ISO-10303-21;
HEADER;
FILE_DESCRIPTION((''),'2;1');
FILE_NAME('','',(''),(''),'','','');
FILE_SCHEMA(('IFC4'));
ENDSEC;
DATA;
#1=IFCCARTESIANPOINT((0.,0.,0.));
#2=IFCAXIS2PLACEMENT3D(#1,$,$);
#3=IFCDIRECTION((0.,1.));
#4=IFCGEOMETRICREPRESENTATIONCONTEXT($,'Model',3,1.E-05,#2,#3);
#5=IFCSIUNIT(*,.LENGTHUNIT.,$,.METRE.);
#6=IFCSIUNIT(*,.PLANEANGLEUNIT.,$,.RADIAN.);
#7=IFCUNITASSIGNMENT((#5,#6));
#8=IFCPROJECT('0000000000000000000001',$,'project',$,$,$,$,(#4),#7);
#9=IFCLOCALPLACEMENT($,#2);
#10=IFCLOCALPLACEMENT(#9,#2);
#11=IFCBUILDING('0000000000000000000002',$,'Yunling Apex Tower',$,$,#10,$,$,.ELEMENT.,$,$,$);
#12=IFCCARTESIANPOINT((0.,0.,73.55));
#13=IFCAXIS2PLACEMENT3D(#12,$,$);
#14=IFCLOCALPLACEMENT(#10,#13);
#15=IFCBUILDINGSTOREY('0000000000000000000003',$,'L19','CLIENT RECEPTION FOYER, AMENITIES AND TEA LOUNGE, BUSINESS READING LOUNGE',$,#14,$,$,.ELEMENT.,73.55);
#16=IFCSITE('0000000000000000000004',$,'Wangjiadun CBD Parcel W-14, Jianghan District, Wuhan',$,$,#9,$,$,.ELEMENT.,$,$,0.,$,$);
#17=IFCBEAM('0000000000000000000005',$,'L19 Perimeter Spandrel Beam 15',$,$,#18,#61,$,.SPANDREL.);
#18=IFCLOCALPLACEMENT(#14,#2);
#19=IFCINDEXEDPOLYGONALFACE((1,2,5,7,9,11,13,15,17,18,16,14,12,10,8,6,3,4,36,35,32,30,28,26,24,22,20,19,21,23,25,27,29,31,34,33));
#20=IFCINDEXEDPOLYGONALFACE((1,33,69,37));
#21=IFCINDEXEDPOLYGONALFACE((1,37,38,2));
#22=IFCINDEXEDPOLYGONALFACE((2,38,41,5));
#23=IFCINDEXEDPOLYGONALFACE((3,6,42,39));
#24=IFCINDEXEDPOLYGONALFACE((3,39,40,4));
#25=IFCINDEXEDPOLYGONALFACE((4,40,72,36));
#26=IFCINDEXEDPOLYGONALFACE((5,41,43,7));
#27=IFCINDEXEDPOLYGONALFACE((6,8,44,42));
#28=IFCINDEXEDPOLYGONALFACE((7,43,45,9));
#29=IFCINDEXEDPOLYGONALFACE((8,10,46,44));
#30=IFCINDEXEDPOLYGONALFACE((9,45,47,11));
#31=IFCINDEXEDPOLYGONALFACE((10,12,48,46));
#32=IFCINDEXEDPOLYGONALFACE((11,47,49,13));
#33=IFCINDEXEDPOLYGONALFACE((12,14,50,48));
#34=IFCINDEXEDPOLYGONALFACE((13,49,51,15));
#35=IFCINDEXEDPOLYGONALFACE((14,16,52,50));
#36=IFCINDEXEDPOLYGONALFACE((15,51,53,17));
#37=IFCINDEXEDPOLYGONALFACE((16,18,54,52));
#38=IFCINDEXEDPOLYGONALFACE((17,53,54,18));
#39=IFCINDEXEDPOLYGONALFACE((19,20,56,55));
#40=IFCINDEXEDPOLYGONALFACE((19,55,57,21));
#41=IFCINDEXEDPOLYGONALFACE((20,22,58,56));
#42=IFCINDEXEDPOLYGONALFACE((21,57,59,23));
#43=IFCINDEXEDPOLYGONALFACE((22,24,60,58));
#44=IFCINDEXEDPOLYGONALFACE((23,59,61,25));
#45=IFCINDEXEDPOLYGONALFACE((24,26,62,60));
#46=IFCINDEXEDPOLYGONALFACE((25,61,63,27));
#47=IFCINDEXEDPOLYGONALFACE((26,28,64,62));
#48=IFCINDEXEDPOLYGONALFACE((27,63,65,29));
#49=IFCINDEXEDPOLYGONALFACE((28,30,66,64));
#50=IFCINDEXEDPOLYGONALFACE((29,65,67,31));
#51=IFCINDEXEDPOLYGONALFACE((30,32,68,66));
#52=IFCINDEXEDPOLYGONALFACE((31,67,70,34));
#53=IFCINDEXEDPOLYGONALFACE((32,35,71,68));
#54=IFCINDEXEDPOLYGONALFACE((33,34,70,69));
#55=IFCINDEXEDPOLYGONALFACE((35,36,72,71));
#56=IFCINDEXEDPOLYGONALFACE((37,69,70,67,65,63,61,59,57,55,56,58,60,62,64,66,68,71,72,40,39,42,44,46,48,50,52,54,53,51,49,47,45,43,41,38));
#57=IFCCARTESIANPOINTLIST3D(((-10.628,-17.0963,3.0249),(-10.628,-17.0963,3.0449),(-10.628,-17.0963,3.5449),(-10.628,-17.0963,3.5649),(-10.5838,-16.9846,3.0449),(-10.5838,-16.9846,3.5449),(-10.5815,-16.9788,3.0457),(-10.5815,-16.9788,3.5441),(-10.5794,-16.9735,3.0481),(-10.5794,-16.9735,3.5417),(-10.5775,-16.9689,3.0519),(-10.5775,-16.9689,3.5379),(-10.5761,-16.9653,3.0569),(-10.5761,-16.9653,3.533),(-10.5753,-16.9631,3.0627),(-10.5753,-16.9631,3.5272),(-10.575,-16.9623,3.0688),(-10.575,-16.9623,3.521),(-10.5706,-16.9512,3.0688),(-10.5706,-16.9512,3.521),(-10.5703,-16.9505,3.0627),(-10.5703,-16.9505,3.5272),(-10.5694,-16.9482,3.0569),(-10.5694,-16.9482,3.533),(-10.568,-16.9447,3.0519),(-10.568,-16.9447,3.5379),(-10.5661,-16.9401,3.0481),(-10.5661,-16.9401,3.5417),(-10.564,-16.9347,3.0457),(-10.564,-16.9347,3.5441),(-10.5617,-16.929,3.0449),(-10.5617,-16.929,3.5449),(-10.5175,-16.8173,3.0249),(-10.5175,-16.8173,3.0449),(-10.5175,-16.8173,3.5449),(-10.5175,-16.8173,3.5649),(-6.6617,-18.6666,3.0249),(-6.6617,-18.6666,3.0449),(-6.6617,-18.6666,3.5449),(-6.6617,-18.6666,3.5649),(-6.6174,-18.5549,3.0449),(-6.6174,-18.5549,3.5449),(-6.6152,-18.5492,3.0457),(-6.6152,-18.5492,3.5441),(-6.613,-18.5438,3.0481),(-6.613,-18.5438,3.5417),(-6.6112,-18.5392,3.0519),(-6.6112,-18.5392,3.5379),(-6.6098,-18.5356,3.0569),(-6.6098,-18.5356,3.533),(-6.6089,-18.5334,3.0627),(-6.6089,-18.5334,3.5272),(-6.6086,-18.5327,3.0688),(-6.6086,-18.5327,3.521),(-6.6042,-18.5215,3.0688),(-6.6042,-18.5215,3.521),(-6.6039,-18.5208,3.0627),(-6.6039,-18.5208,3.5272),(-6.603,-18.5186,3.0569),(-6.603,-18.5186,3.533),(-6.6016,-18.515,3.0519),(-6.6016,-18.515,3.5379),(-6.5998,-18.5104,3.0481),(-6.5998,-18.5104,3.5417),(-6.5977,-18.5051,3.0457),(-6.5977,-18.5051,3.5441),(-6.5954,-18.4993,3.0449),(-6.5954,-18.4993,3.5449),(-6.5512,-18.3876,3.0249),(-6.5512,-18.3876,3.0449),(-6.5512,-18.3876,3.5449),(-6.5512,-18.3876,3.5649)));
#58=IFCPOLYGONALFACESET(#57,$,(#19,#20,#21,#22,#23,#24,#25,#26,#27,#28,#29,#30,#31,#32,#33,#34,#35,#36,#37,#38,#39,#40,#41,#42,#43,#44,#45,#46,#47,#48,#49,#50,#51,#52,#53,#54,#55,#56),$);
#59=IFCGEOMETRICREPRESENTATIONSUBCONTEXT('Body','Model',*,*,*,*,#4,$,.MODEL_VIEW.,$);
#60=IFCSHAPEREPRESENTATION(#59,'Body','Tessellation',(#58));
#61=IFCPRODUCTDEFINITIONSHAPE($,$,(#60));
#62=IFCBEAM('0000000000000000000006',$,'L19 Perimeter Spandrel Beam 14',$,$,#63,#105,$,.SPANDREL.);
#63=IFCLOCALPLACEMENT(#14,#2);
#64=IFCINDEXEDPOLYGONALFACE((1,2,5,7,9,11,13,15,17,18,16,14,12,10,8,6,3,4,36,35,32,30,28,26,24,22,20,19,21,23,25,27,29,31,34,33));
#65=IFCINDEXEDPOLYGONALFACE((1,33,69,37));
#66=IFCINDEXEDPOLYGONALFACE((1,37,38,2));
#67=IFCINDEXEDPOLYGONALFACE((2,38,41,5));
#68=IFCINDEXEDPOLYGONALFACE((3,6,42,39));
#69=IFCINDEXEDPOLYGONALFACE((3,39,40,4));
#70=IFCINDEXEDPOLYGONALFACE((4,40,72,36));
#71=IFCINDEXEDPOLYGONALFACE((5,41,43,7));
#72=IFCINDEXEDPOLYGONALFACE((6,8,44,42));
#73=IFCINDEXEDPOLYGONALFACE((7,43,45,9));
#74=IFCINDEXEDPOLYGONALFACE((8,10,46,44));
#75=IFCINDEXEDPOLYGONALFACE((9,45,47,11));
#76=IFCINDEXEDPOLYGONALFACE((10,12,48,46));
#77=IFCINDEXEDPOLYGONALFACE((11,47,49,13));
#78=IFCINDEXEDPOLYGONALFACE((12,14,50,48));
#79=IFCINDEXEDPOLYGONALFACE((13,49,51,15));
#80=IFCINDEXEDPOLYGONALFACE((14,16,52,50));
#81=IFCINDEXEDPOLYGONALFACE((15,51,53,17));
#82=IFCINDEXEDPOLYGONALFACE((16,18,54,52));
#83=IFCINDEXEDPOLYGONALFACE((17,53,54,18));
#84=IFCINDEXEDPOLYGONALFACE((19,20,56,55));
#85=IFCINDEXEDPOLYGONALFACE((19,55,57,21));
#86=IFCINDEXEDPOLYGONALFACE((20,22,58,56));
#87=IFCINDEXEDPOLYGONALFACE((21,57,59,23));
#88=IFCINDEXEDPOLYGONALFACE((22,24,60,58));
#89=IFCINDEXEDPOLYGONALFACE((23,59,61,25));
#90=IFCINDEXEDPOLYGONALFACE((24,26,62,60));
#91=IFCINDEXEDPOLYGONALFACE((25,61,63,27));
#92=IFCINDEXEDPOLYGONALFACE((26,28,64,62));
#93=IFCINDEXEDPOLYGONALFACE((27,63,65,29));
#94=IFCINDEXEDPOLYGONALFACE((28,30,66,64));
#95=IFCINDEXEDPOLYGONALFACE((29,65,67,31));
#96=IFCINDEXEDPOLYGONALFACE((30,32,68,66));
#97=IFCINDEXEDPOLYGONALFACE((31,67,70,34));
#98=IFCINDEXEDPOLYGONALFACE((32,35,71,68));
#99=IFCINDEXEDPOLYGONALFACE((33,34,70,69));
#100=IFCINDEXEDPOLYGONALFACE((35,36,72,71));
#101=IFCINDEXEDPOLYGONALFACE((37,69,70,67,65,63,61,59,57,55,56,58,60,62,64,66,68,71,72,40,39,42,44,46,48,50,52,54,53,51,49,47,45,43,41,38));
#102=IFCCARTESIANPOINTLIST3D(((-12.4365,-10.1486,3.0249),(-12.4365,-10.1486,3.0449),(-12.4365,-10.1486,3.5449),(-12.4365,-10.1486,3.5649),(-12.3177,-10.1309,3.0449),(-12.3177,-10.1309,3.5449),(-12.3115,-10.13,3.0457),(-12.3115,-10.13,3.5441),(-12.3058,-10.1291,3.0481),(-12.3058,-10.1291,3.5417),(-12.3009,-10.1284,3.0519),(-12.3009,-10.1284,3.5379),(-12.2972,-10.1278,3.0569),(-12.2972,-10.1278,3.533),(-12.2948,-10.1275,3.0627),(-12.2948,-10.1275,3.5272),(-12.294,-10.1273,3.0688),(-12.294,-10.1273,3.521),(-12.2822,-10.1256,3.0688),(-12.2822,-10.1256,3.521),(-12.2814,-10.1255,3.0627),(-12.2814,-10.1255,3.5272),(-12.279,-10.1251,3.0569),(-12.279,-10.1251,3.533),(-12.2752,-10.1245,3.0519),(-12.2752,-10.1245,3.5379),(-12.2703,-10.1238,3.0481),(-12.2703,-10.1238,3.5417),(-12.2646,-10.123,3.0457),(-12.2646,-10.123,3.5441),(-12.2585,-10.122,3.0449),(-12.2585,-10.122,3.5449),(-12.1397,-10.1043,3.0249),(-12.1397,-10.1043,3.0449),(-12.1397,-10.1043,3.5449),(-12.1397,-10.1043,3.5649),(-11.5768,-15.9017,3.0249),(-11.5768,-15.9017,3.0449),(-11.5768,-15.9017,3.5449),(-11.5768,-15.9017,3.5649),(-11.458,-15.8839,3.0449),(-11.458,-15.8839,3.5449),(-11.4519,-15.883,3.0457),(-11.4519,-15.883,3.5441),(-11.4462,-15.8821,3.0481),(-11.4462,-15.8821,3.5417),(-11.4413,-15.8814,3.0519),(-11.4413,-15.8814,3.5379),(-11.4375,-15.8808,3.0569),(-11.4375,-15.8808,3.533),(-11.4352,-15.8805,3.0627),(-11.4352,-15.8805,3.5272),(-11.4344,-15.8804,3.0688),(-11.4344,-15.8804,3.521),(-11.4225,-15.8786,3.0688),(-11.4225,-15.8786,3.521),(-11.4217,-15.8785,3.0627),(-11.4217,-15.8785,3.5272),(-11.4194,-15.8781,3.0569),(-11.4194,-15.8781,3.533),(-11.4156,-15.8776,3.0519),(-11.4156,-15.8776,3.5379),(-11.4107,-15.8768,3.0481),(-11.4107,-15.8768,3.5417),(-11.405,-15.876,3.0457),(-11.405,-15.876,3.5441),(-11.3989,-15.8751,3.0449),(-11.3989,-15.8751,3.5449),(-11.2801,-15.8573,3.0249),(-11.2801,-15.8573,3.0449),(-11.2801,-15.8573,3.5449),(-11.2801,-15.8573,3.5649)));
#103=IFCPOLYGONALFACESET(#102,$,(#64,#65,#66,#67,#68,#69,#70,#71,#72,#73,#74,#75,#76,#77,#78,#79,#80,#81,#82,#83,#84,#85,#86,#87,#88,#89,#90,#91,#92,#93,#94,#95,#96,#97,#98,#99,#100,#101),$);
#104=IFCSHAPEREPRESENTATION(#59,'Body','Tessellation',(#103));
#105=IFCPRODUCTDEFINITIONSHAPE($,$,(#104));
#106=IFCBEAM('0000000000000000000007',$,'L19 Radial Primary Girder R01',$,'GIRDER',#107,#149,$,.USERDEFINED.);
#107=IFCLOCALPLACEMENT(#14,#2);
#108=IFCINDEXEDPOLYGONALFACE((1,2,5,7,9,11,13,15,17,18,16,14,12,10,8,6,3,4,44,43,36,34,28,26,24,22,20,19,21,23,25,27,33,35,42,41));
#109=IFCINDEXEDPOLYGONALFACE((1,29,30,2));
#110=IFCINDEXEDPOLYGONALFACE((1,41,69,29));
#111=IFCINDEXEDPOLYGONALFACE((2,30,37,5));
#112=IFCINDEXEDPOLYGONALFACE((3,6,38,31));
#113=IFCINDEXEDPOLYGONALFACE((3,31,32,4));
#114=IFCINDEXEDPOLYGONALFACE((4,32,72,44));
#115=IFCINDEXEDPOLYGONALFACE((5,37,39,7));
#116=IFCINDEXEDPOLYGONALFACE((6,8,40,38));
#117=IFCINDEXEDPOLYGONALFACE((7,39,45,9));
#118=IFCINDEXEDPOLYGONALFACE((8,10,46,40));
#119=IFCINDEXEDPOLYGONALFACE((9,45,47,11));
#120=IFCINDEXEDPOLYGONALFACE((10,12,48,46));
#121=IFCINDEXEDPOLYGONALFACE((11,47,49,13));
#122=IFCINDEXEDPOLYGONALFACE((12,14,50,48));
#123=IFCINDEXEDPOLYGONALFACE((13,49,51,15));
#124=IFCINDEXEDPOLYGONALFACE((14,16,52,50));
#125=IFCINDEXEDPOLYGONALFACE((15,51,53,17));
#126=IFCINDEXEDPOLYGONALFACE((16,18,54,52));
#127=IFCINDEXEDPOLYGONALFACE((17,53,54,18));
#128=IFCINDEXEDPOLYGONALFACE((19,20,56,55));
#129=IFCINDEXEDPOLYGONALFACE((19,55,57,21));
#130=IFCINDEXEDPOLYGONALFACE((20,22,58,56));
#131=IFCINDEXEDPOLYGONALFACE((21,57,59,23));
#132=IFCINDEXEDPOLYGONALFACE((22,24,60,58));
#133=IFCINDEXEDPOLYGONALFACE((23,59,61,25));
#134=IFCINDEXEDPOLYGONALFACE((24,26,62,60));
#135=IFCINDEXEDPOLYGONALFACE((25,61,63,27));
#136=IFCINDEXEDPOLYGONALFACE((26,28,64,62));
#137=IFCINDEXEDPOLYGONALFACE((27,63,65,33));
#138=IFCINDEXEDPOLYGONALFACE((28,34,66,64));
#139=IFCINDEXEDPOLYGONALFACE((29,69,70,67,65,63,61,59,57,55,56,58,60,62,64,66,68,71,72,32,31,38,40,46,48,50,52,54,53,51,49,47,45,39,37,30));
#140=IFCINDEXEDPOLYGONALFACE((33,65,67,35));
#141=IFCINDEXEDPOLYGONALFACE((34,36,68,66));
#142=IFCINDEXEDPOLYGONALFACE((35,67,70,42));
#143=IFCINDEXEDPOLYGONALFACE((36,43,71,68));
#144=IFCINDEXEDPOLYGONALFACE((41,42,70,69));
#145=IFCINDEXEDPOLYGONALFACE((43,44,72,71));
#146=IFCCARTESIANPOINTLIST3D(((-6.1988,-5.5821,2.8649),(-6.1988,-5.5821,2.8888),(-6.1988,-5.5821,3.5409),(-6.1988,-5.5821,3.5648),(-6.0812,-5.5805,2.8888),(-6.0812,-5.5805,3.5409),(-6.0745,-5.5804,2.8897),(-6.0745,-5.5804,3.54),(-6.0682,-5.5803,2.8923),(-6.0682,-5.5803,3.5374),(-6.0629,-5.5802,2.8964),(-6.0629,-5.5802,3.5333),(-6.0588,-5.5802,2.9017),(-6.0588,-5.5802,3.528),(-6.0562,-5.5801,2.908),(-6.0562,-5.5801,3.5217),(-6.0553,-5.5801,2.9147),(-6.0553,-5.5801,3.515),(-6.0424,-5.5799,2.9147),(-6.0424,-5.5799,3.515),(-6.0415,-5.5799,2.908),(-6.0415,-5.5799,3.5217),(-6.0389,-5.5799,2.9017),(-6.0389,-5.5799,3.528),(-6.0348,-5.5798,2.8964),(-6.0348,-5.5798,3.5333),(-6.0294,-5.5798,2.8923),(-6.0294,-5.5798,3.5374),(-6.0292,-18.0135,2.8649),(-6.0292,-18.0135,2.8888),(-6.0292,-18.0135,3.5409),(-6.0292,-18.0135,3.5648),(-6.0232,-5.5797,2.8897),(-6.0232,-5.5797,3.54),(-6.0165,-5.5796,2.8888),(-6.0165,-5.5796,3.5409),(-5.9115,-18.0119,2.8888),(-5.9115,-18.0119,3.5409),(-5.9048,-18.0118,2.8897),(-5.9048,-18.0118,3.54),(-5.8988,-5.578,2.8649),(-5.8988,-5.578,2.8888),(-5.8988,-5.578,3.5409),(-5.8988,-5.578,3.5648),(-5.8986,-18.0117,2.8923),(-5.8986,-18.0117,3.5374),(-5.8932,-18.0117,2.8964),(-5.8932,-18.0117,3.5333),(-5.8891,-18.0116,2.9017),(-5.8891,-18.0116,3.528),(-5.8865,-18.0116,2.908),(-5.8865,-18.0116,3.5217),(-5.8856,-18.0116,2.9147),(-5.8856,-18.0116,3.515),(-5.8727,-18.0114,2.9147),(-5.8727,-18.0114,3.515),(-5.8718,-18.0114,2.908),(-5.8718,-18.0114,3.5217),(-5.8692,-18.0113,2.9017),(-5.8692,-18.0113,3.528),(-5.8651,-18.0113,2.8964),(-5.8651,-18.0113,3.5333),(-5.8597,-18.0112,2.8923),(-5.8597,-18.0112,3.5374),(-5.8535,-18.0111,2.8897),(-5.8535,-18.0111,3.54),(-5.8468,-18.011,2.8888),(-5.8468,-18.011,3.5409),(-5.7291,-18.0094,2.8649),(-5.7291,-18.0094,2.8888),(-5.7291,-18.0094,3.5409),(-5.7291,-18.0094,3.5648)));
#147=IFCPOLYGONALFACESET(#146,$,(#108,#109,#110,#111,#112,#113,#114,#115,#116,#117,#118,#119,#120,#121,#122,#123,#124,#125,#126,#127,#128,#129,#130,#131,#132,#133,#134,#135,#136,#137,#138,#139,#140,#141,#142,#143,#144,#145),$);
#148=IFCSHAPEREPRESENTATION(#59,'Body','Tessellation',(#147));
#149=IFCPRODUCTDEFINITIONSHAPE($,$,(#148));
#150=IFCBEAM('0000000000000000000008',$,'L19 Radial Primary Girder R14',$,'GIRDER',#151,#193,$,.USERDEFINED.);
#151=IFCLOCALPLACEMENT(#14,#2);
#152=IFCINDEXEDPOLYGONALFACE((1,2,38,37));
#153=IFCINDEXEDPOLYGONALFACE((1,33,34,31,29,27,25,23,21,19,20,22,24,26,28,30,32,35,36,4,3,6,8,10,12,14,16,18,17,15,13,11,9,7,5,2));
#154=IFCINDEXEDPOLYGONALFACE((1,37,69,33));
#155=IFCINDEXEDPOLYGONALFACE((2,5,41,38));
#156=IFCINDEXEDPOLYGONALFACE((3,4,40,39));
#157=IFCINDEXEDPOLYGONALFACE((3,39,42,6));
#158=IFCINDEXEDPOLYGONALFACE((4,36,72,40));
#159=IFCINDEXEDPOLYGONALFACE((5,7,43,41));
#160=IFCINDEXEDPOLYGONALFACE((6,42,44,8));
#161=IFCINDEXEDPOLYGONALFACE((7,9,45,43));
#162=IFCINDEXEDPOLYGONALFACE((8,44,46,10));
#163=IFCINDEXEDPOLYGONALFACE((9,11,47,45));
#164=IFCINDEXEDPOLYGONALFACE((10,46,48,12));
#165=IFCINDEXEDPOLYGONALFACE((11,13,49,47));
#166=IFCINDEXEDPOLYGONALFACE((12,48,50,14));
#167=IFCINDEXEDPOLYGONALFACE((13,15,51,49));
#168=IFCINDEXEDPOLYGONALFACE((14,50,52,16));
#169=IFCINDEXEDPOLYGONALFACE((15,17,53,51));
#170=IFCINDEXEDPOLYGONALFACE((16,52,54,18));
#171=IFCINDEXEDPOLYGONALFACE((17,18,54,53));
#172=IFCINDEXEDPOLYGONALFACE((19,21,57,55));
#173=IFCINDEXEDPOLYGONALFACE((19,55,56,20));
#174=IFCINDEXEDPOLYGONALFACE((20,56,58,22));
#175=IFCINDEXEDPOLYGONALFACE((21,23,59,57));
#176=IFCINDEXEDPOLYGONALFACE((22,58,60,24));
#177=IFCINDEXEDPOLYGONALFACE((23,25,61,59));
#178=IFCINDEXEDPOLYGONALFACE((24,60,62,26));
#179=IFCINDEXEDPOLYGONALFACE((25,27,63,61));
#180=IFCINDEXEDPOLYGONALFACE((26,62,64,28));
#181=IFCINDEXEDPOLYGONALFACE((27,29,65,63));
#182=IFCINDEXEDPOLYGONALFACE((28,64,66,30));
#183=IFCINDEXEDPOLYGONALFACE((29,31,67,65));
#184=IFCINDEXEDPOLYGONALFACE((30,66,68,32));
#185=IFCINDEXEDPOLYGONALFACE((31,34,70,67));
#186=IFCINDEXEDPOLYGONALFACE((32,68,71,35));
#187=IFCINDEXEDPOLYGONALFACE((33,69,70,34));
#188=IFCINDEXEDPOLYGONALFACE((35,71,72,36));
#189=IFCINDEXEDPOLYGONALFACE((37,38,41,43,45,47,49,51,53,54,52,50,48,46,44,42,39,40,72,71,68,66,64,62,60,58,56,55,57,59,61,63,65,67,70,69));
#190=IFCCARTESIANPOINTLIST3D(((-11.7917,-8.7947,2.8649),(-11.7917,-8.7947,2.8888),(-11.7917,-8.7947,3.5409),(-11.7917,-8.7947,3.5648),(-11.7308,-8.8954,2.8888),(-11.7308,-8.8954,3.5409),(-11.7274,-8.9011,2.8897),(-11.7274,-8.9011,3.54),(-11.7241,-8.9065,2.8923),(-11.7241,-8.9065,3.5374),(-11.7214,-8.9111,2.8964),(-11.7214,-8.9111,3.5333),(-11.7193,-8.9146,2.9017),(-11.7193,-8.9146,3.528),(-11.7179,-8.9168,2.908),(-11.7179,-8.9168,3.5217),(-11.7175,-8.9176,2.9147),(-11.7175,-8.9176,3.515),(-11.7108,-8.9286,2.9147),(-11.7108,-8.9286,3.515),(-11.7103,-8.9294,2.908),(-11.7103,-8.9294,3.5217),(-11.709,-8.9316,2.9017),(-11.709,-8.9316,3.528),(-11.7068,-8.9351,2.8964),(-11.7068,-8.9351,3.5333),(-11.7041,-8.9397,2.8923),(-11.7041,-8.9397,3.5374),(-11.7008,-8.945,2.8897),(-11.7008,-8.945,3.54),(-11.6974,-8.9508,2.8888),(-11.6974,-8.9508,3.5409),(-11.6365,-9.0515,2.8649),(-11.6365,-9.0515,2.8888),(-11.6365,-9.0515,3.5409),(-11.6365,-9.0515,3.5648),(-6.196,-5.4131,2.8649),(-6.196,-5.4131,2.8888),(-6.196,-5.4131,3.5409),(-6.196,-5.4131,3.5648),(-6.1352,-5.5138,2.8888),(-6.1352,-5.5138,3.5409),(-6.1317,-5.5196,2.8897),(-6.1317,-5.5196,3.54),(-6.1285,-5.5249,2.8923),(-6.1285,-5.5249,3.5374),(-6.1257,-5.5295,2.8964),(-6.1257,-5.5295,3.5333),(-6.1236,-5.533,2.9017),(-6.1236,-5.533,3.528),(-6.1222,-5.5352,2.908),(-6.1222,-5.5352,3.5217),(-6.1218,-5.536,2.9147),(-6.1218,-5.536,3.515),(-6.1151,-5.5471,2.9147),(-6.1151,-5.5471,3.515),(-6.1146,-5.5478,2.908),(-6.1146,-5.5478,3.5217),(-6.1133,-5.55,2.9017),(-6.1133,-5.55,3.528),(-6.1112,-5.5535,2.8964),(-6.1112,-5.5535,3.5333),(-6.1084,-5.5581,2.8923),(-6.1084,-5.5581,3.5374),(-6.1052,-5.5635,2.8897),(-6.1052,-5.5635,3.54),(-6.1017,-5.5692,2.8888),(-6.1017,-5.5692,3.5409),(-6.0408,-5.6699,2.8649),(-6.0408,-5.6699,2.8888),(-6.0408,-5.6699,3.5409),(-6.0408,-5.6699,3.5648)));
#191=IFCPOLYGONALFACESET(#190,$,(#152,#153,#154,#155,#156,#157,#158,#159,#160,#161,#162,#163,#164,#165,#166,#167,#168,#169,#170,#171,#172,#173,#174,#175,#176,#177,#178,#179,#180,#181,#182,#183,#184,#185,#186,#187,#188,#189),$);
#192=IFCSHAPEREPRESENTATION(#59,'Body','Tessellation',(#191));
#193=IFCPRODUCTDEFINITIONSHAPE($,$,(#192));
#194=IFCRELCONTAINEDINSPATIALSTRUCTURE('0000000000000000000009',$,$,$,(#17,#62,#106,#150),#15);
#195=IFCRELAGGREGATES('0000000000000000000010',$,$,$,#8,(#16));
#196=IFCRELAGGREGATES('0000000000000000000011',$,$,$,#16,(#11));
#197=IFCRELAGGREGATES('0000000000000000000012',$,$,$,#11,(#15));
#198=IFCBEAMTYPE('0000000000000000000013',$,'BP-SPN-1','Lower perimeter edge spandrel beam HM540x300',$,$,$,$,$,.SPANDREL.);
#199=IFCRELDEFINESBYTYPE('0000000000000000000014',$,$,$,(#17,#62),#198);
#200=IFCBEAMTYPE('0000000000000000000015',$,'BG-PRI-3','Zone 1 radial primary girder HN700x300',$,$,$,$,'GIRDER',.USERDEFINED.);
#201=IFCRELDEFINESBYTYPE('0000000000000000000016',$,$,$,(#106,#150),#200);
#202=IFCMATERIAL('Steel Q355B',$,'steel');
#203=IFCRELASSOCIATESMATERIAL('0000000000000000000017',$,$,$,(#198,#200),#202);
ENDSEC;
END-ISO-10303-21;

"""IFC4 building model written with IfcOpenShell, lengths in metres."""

from ifc_helpers import new_model, si_unit, direction, frame, origin, origin_2d, place, context, subcontext, project, spatial, i_section, extrude, source, transform, mapped, material, material_profile, profile_set, type_object, element, save


model = new_model("IFC4")

# Units and contexts
model_context = context("Model", 3, precision=1e-05, world=origin(), true_north=direction((0.0, 1.0)))
body_context = subcontext(model_context, "Body", "Model", "MODEL_VIEW")
ifc_project = project(units=[si_unit("LENGTHUNIT", "METRE"), si_unit("PLANEANGLEUNIT", "RADIAN")], contexts=[model_context])

# Site, building, storey
site_placement = place(None, origin())
site = spatial("IfcSite", under=ifc_project, at=site_placement, Name="Wangjiadun CBD Parcel W-14, Jianghan District, Wuhan", CompositionType="ELEMENT", RefElevation=0.0)
building_placement = place(site_placement, origin())
building = spatial("IfcBuilding", under=site, at=building_placement, Name="Yunling Apex Tower", CompositionType="ELEMENT")
storey_placement = place(building_placement, frame((0.0, 0.0, 73.55)))
storey = spatial("IfcBuildingStorey", under=building, at=storey_placement, Name="L19", Description="CLIENT RECEPTION FOYER, AMENITIES AND TEA LOUNGE, BUSINESS READING LOUNGE", CompositionType="ELEMENT", Elevation=73.55)

# Beams
ifc_material_1 = material(Name="Steel Q355B", Category="steel")
ifc_material_profile_1 = material_profile(ifc_material_1, i_section(OverallWidth=0.3, OverallDepth=0.54, WebThickness=0.012, FlangeThickness=0.02, FilletRadius=0.0239, at=origin_2d()))
ifc_profile_set_1 = profile_set([ifc_material_profile_1], Name="Steel Q355B")
beam_type_1 = type_object("IfcBeamType", Name="BP-SPN-1", Description="Lower perimeter edge spandrel beam HM540x300", PredefinedType="SPANDREL", material=ifc_profile_set_1)
shared_shape_1 = source(origin(), body_context, "Body", "SweptSolid", [
    extrude(i_section(OverallWidth=0.3, OverallDepth=0.54, WebThickness=0.012, FlangeThickness=0.02, FilletRadius=0.0239, at=origin_2d()), origin(), (0.0, 0.0, 1.0), 4.2659),
])
beam_1_placement = place(storey_placement, frame((-10.5728, -16.9568, 3.2949), z_axis=(0.929781, -0.368112, 0.0), x_axis=(0.368112, 0.929781, 0.0)))
element("IfcBeam", 1, at=beam_1_placement, inside=storey, type_object=beam_type_1, Name="L19 Perimeter Spandrel Beam 15", PredefinedType="SPANDREL", context=body_context, shape_type="MappedRepresentation", body=[
    mapped(shared_shape_1, transform((0.0, 0.0, 0.0), scale=1.0)),
])
shared_shape_2 = source(origin(), body_context, "Body", "SweptSolid", [
    extrude(i_section(OverallWidth=0.3, OverallDepth=0.54, WebThickness=0.012, FlangeThickness=0.02, FilletRadius=0.0239, at=origin_2d()), origin(), (0.0, 0.0, 1.0), 5.8169),
])
beam_2_placement = place(storey_placement, frame((-12.2881, -10.1265, 3.2949), z_axis=(0.147782, -0.98902, 0.0), x_axis=(0.98902, 0.147782, 0.0)))
element("IfcBeam", 2, at=beam_2_placement, inside=storey, type_object=beam_type_1, Name="L19 Perimeter Spandrel Beam 14", PredefinedType="SPANDREL", context=body_context, shape_type="MappedRepresentation", body=[
    mapped(shared_shape_2, transform((0.0, 0.0, 0.0), scale=1.0)),
])
ifc_material_profile_2 = material_profile(ifc_material_1, i_section(OverallWidth=0.3, OverallDepth=0.7, WebThickness=0.0129, FlangeThickness=0.0239, FilletRadius=0.0259, at=origin_2d()))
ifc_profile_set_2 = profile_set([ifc_material_profile_2], Name="Steel Q355B")
beam_type_2 = type_object("IfcBeamType", Name="BG-PRI-3", Description="Zone 1 radial primary girder HN700x300", ElementType="GIRDER", PredefinedType="USERDEFINED", material=ifc_profile_set_2)
shared_shape_3 = source(origin(), body_context, "Body", "SweptSolid", [
    extrude(i_section(OverallWidth=0.3, OverallDepth=0.7, WebThickness=0.0129, FlangeThickness=0.0239, FilletRadius=0.0259, at=origin_2d()), origin(), (0.0, 0.0, 1.0), 12.4326),
])
beam_3_placement = place(storey_placement, frame((-5.8792, -18.0115, 3.2148), z_axis=(-0.013648, 0.999907, 0.0), x_axis=(-0.999907, -0.013648, 0.0)))
element("IfcBeam", 3, at=beam_3_placement, inside=storey, type_object=beam_type_2, Name="L19 Radial Primary Girder R01", ObjectType="GIRDER", PredefinedType="USERDEFINED", context=body_context, shape_type="MappedRepresentation", body=[
    mapped(shared_shape_3, transform((0.0, 0.0, 0.0), scale=1.0)),
])
shared_shape_4 = source(origin(), body_context, "Body", "SweptSolid", [
    extrude(i_section(OverallWidth=0.3, OverallDepth=0.7, WebThickness=0.0129, FlangeThickness=0.0239, FilletRadius=0.0259, at=origin_2d()), origin(), (0.0, 0.0, 1.0), 6.5381),
])
beam_4_placement = place(storey_placement, frame((-11.7141, -8.9231, 3.2148), z_axis=(0.855858, 0.517211, 0.0), x_axis=(-0.517211, 0.855858, 0.0)))
element("IfcBeam", 4, at=beam_4_placement, inside=storey, type_object=beam_type_2, Name="L19 Radial Primary Girder R14", ObjectType="GIRDER", PredefinedType="USERDEFINED", context=body_context, shape_type="MappedRepresentation", body=[
    mapped(shared_shape_4, transform((0.0, 0.0, 0.0), scale=1.0)),
])

save(model, "model.ifc")
